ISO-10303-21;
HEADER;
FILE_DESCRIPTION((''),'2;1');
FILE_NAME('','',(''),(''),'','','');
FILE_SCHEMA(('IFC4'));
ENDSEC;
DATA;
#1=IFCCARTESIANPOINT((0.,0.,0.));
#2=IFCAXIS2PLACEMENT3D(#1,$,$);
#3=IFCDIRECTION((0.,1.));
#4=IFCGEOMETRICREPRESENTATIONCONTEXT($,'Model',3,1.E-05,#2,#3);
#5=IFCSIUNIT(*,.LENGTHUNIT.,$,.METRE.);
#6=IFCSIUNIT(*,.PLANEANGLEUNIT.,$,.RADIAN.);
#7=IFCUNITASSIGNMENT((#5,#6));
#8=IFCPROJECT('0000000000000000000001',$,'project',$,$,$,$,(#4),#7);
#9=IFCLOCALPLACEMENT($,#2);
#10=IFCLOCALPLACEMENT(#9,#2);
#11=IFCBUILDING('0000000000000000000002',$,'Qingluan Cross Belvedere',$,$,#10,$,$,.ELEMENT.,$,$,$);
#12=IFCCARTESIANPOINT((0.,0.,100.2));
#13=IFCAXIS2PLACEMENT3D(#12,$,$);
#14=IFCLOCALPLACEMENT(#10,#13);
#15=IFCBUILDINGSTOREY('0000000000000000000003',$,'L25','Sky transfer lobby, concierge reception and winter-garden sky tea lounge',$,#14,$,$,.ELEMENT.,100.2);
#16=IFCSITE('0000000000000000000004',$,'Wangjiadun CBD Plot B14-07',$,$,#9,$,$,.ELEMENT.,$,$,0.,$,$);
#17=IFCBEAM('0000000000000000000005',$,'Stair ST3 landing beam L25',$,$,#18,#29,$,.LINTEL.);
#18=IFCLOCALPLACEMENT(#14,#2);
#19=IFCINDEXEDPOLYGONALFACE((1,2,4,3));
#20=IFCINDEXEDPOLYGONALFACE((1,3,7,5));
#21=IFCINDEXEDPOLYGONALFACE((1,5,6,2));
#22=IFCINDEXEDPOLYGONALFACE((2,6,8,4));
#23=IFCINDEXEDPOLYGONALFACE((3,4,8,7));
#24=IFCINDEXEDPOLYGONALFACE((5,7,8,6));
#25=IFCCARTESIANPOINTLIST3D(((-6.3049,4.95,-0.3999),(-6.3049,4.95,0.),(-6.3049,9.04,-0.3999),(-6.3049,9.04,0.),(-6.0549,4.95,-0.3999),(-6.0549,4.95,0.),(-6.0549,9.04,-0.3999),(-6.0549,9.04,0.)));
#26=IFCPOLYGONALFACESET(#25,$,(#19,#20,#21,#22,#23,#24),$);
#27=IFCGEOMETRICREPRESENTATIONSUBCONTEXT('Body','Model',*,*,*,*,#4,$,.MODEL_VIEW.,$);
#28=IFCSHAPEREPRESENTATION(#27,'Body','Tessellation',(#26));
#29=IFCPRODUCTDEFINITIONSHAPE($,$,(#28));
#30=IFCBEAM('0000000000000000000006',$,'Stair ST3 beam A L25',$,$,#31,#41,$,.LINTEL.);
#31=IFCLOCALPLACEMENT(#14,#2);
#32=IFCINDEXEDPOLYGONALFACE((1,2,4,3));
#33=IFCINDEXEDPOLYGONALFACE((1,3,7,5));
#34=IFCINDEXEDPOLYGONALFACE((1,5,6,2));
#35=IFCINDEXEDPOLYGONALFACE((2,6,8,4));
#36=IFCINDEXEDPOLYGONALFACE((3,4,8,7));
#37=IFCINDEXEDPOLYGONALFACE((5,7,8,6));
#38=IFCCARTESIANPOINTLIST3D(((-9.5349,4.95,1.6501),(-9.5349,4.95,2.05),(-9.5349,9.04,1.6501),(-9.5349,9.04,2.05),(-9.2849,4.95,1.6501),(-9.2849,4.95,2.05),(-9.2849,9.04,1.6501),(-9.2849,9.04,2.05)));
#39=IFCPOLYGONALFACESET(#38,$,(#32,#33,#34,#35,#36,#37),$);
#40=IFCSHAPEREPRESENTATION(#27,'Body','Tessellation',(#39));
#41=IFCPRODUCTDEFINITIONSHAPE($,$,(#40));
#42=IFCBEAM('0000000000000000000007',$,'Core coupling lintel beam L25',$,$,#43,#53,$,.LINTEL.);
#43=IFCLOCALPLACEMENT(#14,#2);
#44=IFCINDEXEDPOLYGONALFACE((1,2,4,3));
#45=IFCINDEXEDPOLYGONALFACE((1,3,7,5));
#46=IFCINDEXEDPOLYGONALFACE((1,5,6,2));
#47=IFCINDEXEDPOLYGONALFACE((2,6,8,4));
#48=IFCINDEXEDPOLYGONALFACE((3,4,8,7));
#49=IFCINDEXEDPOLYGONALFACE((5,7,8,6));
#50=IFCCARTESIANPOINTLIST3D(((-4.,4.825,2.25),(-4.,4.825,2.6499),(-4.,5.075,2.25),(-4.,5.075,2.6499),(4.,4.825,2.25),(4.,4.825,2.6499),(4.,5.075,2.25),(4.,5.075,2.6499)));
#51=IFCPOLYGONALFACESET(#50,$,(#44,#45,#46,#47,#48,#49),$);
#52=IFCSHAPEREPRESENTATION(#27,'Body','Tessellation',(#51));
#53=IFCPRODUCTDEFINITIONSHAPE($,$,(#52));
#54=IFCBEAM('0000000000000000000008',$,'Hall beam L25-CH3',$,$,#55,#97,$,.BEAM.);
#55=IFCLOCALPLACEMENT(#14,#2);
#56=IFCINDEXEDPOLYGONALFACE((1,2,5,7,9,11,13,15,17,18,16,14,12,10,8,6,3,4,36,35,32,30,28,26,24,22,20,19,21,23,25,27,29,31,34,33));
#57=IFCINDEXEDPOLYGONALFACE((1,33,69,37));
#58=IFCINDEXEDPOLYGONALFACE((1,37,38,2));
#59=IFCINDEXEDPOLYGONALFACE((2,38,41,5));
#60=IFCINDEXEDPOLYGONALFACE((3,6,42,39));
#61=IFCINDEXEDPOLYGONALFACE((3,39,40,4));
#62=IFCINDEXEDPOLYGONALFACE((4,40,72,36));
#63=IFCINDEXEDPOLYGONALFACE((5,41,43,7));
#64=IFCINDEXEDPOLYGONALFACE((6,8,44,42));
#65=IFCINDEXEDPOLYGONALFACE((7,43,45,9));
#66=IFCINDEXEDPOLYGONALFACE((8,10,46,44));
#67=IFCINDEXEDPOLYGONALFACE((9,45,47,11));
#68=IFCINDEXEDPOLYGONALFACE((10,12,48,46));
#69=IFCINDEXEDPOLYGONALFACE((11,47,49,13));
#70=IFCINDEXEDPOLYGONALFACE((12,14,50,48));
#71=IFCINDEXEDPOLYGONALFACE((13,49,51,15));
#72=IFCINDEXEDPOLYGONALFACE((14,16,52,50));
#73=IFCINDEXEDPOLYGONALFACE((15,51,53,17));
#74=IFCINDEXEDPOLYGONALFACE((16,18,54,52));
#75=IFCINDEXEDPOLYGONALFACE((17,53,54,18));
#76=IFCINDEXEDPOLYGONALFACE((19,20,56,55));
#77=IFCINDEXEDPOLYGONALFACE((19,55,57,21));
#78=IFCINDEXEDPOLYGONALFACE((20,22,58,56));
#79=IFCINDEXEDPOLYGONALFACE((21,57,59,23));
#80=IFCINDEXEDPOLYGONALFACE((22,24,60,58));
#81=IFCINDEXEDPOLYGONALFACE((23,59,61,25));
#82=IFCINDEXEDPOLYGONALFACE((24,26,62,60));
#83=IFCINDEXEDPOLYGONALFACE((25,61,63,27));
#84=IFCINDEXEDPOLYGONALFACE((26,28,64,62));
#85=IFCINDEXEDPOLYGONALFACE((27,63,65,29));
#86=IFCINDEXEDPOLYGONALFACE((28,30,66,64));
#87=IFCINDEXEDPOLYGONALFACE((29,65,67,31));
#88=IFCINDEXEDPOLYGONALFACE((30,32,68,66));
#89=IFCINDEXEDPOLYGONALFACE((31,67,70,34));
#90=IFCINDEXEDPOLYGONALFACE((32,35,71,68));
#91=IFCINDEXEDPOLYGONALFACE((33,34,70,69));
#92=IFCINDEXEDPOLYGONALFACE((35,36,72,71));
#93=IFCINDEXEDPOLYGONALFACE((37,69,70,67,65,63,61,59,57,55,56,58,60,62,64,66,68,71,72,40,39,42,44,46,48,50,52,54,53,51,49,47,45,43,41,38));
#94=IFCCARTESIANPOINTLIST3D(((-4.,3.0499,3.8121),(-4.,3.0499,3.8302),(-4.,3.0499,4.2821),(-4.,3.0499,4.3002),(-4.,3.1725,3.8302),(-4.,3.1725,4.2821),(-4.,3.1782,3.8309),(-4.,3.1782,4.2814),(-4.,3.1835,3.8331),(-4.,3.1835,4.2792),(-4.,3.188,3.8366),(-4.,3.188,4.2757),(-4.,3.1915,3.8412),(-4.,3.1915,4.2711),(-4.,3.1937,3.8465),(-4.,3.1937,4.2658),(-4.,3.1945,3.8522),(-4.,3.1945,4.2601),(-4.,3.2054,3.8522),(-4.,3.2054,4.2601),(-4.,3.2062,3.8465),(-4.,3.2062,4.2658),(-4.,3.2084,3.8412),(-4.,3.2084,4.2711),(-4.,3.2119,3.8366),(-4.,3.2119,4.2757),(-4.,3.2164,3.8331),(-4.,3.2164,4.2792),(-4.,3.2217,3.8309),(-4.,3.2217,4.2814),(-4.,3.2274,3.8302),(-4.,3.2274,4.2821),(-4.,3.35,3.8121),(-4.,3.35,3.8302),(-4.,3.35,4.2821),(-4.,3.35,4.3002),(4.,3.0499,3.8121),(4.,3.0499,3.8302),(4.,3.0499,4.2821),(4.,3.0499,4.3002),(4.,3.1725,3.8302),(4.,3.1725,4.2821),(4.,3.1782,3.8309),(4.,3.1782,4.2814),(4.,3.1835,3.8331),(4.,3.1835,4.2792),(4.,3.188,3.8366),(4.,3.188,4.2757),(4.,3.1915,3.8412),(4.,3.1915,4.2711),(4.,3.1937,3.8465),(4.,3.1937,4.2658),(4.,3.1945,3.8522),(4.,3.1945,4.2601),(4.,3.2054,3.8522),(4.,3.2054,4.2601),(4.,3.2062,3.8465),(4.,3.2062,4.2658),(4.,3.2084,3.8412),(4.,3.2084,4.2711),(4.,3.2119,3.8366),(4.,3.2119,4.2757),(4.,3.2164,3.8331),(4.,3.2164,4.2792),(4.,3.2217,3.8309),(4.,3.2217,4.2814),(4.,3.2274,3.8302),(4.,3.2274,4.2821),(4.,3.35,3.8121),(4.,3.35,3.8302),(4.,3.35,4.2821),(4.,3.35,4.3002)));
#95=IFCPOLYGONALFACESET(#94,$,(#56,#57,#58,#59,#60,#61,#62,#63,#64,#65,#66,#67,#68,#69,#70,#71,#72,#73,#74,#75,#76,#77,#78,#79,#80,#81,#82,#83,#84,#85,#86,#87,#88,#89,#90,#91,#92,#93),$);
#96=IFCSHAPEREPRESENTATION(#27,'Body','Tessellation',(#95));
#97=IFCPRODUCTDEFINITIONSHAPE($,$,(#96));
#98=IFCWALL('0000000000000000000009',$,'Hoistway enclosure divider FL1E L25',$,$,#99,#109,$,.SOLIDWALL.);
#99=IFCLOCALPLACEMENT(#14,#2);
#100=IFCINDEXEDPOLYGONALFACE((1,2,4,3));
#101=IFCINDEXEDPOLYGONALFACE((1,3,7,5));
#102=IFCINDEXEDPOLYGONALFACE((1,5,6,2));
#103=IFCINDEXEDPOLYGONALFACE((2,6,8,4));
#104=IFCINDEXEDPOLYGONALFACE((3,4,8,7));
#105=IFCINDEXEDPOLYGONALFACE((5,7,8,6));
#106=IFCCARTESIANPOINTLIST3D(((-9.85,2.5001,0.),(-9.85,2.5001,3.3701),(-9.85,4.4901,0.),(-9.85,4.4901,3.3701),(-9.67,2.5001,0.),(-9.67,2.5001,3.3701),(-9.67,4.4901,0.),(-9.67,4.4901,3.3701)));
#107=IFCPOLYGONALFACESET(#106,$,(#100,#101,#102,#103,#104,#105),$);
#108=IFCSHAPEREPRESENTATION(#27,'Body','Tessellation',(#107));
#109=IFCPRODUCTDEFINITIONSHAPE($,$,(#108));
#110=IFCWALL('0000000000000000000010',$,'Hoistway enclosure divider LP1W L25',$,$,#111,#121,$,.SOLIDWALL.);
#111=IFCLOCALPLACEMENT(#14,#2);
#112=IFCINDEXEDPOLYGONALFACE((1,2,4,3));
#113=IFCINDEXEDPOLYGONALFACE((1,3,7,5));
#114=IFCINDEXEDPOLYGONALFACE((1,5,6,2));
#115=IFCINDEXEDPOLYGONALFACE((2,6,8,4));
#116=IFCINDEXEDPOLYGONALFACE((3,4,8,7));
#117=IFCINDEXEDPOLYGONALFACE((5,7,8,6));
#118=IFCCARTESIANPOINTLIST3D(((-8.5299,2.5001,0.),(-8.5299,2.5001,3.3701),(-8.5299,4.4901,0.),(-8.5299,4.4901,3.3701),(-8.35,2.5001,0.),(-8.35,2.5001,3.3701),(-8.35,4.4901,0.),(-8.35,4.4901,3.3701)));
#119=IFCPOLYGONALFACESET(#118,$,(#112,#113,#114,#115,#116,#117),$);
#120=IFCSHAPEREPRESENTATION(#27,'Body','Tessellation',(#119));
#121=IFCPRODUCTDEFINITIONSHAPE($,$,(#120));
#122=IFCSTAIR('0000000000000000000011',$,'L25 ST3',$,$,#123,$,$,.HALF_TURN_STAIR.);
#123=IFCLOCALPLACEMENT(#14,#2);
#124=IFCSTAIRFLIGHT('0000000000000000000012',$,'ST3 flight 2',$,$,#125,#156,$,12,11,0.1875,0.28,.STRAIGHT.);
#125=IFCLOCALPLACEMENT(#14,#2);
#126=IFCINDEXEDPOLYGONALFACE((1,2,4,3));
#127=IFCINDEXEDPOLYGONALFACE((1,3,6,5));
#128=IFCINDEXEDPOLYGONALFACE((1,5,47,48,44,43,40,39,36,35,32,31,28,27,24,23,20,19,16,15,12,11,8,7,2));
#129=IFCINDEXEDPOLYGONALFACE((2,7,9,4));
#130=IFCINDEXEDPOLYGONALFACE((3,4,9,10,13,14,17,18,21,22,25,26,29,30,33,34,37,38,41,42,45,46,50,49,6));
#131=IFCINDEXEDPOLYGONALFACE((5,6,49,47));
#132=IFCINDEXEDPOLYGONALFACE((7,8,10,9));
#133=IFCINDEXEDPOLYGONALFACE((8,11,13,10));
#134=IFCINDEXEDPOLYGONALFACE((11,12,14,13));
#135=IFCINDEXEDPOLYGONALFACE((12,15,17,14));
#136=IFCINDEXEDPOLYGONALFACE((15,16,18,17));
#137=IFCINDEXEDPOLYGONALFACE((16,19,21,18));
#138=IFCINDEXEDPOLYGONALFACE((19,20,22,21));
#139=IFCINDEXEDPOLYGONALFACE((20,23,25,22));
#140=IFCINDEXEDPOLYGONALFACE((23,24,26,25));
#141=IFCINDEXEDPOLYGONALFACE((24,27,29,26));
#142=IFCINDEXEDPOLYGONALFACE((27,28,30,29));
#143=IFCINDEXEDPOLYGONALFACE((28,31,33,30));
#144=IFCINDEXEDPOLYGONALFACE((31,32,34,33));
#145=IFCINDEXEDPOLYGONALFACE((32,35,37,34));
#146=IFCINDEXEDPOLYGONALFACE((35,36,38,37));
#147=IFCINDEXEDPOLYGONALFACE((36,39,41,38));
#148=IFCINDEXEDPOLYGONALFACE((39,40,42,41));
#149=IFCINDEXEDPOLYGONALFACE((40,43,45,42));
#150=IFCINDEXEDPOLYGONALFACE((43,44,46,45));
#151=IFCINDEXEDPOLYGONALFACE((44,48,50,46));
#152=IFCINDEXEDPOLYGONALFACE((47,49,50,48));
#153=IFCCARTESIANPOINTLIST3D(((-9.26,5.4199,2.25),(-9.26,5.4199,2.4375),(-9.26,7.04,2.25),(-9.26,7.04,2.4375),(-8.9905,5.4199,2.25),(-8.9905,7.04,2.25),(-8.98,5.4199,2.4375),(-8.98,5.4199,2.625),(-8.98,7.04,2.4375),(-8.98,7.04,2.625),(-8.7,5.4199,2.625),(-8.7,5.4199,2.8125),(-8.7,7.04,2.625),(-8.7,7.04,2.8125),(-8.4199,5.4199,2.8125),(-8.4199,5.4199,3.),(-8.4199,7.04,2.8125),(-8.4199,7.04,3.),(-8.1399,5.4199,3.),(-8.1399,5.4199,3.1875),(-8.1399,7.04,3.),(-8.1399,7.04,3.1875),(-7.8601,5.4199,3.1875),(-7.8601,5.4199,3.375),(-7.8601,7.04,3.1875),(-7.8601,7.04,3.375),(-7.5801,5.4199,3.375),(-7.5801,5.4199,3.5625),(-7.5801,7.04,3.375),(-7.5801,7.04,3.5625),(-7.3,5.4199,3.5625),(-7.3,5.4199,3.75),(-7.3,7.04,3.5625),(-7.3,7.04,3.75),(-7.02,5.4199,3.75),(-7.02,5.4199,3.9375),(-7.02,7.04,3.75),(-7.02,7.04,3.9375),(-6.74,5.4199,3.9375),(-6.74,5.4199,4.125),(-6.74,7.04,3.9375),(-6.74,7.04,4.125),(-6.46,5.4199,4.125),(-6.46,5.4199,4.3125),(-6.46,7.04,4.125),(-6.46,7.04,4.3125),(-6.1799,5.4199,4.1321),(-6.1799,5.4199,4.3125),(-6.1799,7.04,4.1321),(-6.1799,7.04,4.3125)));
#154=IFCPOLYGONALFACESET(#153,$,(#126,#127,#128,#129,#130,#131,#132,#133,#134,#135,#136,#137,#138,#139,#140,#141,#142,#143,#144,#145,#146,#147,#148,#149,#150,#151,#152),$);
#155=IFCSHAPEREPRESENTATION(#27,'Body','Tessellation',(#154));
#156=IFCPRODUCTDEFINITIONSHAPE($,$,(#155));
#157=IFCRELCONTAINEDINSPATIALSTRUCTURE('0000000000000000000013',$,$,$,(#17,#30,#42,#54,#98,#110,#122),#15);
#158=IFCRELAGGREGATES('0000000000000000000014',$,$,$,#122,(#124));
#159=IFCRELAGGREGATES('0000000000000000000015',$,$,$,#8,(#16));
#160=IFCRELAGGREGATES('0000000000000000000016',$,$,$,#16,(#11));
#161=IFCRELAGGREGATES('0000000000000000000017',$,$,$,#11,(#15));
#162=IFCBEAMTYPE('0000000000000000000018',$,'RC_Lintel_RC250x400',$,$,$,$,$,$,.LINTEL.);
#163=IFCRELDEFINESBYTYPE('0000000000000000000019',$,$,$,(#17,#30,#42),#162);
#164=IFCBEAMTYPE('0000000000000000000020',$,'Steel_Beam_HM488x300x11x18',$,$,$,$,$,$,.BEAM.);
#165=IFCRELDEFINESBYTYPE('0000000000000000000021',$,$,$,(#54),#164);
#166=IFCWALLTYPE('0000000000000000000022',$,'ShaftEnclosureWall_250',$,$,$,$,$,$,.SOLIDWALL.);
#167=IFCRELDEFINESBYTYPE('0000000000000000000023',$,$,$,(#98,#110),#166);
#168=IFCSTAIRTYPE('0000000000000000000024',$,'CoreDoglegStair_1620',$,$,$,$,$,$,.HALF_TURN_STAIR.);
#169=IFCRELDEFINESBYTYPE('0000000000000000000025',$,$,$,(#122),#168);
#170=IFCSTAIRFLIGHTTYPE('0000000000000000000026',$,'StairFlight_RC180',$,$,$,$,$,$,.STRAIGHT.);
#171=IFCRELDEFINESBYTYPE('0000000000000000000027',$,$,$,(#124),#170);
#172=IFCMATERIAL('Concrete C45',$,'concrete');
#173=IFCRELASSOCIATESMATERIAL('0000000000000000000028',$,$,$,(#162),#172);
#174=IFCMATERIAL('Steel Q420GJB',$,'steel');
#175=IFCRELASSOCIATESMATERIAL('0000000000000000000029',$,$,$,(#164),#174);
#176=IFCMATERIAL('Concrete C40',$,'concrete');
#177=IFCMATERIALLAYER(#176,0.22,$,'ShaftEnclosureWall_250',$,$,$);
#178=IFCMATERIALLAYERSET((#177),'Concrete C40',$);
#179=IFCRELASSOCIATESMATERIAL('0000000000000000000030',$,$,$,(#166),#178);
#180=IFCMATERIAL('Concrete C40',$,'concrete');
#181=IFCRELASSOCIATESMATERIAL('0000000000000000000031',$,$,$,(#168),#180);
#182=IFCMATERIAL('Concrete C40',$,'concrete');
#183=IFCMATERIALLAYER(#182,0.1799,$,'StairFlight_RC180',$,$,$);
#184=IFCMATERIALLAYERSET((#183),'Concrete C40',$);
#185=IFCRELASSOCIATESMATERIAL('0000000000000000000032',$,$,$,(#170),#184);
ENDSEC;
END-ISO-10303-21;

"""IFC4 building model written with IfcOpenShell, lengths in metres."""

from ifc_helpers import new_model, si_unit, direction, frame, frame_2d, origin, origin_2d, place, context, subcontext, project, spatial, polyline, rectangle, i_section, outline, extrude, material, layer, layer_set, material_profile, profile_set, type_object, element, aggregate, save


model = new_model("IFC4")

# Units and contexts
model_context = context("Model", 3, precision=1e-05, world=origin(), true_north=direction((0.0, 1.0)))
body_context = subcontext(model_context, "Body", "Model", "MODEL_VIEW")
ifc_project = project(units=[si_unit("LENGTHUNIT", "METRE"), si_unit("PLANEANGLEUNIT", "RADIAN")], contexts=[model_context])

# Site, building, storey
site_placement = place(None, origin())
site = spatial("IfcSite", under=ifc_project, at=site_placement, Name="Wangjiadun CBD Plot B14-07", CompositionType="ELEMENT", RefElevation=0.0)
building_placement = place(site_placement, origin())
building = spatial("IfcBuilding", under=site, at=building_placement, Name="Qingluan Cross Belvedere", CompositionType="ELEMENT")
storey_placement = place(building_placement, frame((0.0, 0.0, 100.2)))
storey = spatial("IfcBuildingStorey", under=building, at=storey_placement, Name="L25", Description="Sky transfer lobby, concierge reception and winter-garden sky tea lounge", CompositionType="ELEMENT", Elevation=100.2)

# Beams
ifc_material_1 = material(Name="Concrete C45", Category="concrete")
ifc_material_profile_1 = material_profile(ifc_material_1, rectangle(XDim=0.25, YDim=0.3999, at=origin_2d()), Name="RC250x400")
ifc_profile_set_1 = profile_set([ifc_material_profile_1], Name="Concrete C45")
beam_type_1 = type_object("IfcBeamType", Name="RC_Lintel_RC250x400", PredefinedType="LINTEL", material=ifc_profile_set_1)
for number, where, z_axis, x_axis, name in (
    (1, (-6.1799, 4.95, -0.2), (0.0, 1.0, 0.0), (-1.0, 0.0, 0.0), "Stair ST3 landing beam L25"),
    (2, (-9.4099, 4.95, 1.8501), (0.0, 1.0, 0.0), (-1.0, 0.0, 0.0), "Stair ST3 beam A L25"),
):
    element("IfcBeam", number, at=place(storey_placement, frame(where, z_axis=z_axis, x_axis=x_axis)), inside=storey, type_object=beam_type_1, Name=name, PredefinedType="LINTEL", context=body_context, shape_type="SweptSolid", body=[
        extrude(rectangle(XDim=0.25, YDim=0.3999, at=origin_2d()), origin(), (0.0, 0.0, 1.0), 4.0901),
    ])
beam_1_placement = place(storey_placement, frame((-4.0, 4.95, 2.45), z_axis=(1.0, 0.0, 0.0), x_axis=(0.0, 1.0, 0.0)))
element("IfcBeam", 3, at=beam_1_placement, inside=storey, type_object=beam_type_1, Name="Core coupling lintel beam L25", PredefinedType="LINTEL", context=body_context, shape_type="SweptSolid", body=[
    extrude(rectangle(XDim=0.25, YDim=0.3999, at=origin_2d()), origin(), (0.0, 0.0, 1.0), 8.0),
])
ifc_material_2 = material(Name="Steel Q420GJB", Category="steel")
ifc_material_profile_2 = material_profile(ifc_material_2, i_section(OverallWidth=0.3, OverallDepth=0.488, WebThickness=0.011, FlangeThickness=0.0181, FilletRadius=0.022, at=origin_2d()), Name="HM488x300x11x18")
ifc_profile_set_2 = profile_set([ifc_material_profile_2], Name="Steel Q420GJB")
beam_type_2 = type_object("IfcBeamType", Name="Steel_Beam_HM488x300x11x18", PredefinedType="BEAM", material=ifc_profile_set_2)
beam_2_placement = place(storey_placement, frame((-4.0, 3.2, 4.0562), z_axis=(1.0, 0.0, 0.0), x_axis=(0.0, 1.0, 0.0)))
element("IfcBeam", 4, at=beam_2_placement, inside=storey, type_object=beam_type_2, Name="Hall beam L25-CH3", PredefinedType="BEAM", context=body_context, shape_type="SweptSolid", body=[
    extrude(i_section(OverallWidth=0.3, OverallDepth=0.488, WebThickness=0.011, FlangeThickness=0.0181, FilletRadius=0.022, at=origin_2d()), origin(), (0.0, 0.0, 1.0), 8.0),
])

# Walls
ifc_material_3 = material(Name="Concrete C40", Category="concrete")
ifc_layer_1 = layer(ifc_material_3, 0.22, Name="ShaftEnclosureWall_250")
ifc_layer_set_1 = layer_set([ifc_layer_1], Name="Concrete C40")
wall_type_1 = type_object("IfcWallType", Name="ShaftEnclosureWall_250", PredefinedType="SOLIDWALL", material=ifc_layer_set_1)
for number, where, z_axis, x_axis, name in (
    (5, (-9.76, 2.5, 0.0), (0.0, 0.0, 1.0), (0.0, 1.0, 0.0), "Hoistway enclosure divider FL1E L25"),
    (6, (-8.4399, 2.5, 0.0), (0.0, 0.0, 1.0), (0.0, 1.0, 0.0), "Hoistway enclosure divider LP1W L25"),
):
    element("IfcWall", number, at=place(storey_placement, frame(where, z_axis=z_axis, x_axis=x_axis)), inside=storey, type_object=wall_type_1, Name=name, PredefinedType="SOLIDWALL", context=body_context, shape_type="SweptSolid", body=[
        extrude(rectangle(XDim=1.99, YDim=0.1799, at=frame_2d((0.9951, 0.0))), origin(), (0.0, 0.0, 1.0), 3.3701),
    ])

# Stair, stair flight
ifc_material_4 = material(Name="Concrete C40", Category="concrete")
stair_type = type_object("IfcStairType", Name="CoreDoglegStair_1620", PredefinedType="HALF_TURN_STAIR", material=ifc_material_4)
stair_placement = place(storey_placement, origin())
stair = element("IfcStair", 7, at=stair_placement, inside=storey, type_object=stair_type, Name="L25 ST3", PredefinedType="HALF_TURN_STAIR")
ifc_material_5 = material(Name="Concrete C40", Category="concrete")
ifc_layer_2 = layer(ifc_material_5, 0.1799, Name="StairFlight_RC180")
ifc_layer_set_2 = layer_set([ifc_layer_2], Name="Concrete C40")
stair_flight_type = type_object("IfcStairFlightType", Name="StairFlight_RC180", PredefinedType="STRAIGHT", material=ifc_layer_set_2)
stair_flight_placement = place(storey_placement, frame((-9.26, 6.23, 2.25), z_axis=(0.0, 0.0, 1.0), x_axis=(1.0, 0.0, 0.0)))
stair_flight = element("IfcStairFlight", 8, at=stair_flight_placement, type_object=stair_flight_type, Name="ST3 flight 2", NumberOfRisers=12, NumberOfTreads=11, PredefinedType="STRAIGHT", RiserHeight=0.1875, TreadLength=0.28, context=body_context, shape_type="SweptSolid", body=[
    extrude(outline(polyline([(0.0, 0.0), (0.0, 0.1875), (0.28, 0.1875), (0.28, 0.375), (0.5601, 0.375), (0.5601, 0.5625), (0.8401, 0.5625), (0.8401, 0.75), (1.1201, 0.75), (1.1201, 0.9375), (1.3999, 0.9375), (1.3999, 1.125), (1.6799, 1.125), (1.6799, 1.3125), (1.96, 1.3125), (1.96, 1.5), (2.24, 1.5), (2.24, 1.6875), (2.52, 1.6875), (2.52, 1.875), (2.8, 1.875), (2.8, 2.0625), (3.0801, 2.0625), (3.0801, 2.25), (3.0801, 1.8821), (0.2695, 0.0), (0.0, 0.0)])), frame((0.0, 0.8101, 0.0), z_axis=(0.0, -1.0, 0.0), x_axis=(1.0, 0.0, 0.0)), (0.0, 0.0, 1.0), 1.6201),
])
aggregate(stair, [stair_flight])

save(model, "model.ifc")
